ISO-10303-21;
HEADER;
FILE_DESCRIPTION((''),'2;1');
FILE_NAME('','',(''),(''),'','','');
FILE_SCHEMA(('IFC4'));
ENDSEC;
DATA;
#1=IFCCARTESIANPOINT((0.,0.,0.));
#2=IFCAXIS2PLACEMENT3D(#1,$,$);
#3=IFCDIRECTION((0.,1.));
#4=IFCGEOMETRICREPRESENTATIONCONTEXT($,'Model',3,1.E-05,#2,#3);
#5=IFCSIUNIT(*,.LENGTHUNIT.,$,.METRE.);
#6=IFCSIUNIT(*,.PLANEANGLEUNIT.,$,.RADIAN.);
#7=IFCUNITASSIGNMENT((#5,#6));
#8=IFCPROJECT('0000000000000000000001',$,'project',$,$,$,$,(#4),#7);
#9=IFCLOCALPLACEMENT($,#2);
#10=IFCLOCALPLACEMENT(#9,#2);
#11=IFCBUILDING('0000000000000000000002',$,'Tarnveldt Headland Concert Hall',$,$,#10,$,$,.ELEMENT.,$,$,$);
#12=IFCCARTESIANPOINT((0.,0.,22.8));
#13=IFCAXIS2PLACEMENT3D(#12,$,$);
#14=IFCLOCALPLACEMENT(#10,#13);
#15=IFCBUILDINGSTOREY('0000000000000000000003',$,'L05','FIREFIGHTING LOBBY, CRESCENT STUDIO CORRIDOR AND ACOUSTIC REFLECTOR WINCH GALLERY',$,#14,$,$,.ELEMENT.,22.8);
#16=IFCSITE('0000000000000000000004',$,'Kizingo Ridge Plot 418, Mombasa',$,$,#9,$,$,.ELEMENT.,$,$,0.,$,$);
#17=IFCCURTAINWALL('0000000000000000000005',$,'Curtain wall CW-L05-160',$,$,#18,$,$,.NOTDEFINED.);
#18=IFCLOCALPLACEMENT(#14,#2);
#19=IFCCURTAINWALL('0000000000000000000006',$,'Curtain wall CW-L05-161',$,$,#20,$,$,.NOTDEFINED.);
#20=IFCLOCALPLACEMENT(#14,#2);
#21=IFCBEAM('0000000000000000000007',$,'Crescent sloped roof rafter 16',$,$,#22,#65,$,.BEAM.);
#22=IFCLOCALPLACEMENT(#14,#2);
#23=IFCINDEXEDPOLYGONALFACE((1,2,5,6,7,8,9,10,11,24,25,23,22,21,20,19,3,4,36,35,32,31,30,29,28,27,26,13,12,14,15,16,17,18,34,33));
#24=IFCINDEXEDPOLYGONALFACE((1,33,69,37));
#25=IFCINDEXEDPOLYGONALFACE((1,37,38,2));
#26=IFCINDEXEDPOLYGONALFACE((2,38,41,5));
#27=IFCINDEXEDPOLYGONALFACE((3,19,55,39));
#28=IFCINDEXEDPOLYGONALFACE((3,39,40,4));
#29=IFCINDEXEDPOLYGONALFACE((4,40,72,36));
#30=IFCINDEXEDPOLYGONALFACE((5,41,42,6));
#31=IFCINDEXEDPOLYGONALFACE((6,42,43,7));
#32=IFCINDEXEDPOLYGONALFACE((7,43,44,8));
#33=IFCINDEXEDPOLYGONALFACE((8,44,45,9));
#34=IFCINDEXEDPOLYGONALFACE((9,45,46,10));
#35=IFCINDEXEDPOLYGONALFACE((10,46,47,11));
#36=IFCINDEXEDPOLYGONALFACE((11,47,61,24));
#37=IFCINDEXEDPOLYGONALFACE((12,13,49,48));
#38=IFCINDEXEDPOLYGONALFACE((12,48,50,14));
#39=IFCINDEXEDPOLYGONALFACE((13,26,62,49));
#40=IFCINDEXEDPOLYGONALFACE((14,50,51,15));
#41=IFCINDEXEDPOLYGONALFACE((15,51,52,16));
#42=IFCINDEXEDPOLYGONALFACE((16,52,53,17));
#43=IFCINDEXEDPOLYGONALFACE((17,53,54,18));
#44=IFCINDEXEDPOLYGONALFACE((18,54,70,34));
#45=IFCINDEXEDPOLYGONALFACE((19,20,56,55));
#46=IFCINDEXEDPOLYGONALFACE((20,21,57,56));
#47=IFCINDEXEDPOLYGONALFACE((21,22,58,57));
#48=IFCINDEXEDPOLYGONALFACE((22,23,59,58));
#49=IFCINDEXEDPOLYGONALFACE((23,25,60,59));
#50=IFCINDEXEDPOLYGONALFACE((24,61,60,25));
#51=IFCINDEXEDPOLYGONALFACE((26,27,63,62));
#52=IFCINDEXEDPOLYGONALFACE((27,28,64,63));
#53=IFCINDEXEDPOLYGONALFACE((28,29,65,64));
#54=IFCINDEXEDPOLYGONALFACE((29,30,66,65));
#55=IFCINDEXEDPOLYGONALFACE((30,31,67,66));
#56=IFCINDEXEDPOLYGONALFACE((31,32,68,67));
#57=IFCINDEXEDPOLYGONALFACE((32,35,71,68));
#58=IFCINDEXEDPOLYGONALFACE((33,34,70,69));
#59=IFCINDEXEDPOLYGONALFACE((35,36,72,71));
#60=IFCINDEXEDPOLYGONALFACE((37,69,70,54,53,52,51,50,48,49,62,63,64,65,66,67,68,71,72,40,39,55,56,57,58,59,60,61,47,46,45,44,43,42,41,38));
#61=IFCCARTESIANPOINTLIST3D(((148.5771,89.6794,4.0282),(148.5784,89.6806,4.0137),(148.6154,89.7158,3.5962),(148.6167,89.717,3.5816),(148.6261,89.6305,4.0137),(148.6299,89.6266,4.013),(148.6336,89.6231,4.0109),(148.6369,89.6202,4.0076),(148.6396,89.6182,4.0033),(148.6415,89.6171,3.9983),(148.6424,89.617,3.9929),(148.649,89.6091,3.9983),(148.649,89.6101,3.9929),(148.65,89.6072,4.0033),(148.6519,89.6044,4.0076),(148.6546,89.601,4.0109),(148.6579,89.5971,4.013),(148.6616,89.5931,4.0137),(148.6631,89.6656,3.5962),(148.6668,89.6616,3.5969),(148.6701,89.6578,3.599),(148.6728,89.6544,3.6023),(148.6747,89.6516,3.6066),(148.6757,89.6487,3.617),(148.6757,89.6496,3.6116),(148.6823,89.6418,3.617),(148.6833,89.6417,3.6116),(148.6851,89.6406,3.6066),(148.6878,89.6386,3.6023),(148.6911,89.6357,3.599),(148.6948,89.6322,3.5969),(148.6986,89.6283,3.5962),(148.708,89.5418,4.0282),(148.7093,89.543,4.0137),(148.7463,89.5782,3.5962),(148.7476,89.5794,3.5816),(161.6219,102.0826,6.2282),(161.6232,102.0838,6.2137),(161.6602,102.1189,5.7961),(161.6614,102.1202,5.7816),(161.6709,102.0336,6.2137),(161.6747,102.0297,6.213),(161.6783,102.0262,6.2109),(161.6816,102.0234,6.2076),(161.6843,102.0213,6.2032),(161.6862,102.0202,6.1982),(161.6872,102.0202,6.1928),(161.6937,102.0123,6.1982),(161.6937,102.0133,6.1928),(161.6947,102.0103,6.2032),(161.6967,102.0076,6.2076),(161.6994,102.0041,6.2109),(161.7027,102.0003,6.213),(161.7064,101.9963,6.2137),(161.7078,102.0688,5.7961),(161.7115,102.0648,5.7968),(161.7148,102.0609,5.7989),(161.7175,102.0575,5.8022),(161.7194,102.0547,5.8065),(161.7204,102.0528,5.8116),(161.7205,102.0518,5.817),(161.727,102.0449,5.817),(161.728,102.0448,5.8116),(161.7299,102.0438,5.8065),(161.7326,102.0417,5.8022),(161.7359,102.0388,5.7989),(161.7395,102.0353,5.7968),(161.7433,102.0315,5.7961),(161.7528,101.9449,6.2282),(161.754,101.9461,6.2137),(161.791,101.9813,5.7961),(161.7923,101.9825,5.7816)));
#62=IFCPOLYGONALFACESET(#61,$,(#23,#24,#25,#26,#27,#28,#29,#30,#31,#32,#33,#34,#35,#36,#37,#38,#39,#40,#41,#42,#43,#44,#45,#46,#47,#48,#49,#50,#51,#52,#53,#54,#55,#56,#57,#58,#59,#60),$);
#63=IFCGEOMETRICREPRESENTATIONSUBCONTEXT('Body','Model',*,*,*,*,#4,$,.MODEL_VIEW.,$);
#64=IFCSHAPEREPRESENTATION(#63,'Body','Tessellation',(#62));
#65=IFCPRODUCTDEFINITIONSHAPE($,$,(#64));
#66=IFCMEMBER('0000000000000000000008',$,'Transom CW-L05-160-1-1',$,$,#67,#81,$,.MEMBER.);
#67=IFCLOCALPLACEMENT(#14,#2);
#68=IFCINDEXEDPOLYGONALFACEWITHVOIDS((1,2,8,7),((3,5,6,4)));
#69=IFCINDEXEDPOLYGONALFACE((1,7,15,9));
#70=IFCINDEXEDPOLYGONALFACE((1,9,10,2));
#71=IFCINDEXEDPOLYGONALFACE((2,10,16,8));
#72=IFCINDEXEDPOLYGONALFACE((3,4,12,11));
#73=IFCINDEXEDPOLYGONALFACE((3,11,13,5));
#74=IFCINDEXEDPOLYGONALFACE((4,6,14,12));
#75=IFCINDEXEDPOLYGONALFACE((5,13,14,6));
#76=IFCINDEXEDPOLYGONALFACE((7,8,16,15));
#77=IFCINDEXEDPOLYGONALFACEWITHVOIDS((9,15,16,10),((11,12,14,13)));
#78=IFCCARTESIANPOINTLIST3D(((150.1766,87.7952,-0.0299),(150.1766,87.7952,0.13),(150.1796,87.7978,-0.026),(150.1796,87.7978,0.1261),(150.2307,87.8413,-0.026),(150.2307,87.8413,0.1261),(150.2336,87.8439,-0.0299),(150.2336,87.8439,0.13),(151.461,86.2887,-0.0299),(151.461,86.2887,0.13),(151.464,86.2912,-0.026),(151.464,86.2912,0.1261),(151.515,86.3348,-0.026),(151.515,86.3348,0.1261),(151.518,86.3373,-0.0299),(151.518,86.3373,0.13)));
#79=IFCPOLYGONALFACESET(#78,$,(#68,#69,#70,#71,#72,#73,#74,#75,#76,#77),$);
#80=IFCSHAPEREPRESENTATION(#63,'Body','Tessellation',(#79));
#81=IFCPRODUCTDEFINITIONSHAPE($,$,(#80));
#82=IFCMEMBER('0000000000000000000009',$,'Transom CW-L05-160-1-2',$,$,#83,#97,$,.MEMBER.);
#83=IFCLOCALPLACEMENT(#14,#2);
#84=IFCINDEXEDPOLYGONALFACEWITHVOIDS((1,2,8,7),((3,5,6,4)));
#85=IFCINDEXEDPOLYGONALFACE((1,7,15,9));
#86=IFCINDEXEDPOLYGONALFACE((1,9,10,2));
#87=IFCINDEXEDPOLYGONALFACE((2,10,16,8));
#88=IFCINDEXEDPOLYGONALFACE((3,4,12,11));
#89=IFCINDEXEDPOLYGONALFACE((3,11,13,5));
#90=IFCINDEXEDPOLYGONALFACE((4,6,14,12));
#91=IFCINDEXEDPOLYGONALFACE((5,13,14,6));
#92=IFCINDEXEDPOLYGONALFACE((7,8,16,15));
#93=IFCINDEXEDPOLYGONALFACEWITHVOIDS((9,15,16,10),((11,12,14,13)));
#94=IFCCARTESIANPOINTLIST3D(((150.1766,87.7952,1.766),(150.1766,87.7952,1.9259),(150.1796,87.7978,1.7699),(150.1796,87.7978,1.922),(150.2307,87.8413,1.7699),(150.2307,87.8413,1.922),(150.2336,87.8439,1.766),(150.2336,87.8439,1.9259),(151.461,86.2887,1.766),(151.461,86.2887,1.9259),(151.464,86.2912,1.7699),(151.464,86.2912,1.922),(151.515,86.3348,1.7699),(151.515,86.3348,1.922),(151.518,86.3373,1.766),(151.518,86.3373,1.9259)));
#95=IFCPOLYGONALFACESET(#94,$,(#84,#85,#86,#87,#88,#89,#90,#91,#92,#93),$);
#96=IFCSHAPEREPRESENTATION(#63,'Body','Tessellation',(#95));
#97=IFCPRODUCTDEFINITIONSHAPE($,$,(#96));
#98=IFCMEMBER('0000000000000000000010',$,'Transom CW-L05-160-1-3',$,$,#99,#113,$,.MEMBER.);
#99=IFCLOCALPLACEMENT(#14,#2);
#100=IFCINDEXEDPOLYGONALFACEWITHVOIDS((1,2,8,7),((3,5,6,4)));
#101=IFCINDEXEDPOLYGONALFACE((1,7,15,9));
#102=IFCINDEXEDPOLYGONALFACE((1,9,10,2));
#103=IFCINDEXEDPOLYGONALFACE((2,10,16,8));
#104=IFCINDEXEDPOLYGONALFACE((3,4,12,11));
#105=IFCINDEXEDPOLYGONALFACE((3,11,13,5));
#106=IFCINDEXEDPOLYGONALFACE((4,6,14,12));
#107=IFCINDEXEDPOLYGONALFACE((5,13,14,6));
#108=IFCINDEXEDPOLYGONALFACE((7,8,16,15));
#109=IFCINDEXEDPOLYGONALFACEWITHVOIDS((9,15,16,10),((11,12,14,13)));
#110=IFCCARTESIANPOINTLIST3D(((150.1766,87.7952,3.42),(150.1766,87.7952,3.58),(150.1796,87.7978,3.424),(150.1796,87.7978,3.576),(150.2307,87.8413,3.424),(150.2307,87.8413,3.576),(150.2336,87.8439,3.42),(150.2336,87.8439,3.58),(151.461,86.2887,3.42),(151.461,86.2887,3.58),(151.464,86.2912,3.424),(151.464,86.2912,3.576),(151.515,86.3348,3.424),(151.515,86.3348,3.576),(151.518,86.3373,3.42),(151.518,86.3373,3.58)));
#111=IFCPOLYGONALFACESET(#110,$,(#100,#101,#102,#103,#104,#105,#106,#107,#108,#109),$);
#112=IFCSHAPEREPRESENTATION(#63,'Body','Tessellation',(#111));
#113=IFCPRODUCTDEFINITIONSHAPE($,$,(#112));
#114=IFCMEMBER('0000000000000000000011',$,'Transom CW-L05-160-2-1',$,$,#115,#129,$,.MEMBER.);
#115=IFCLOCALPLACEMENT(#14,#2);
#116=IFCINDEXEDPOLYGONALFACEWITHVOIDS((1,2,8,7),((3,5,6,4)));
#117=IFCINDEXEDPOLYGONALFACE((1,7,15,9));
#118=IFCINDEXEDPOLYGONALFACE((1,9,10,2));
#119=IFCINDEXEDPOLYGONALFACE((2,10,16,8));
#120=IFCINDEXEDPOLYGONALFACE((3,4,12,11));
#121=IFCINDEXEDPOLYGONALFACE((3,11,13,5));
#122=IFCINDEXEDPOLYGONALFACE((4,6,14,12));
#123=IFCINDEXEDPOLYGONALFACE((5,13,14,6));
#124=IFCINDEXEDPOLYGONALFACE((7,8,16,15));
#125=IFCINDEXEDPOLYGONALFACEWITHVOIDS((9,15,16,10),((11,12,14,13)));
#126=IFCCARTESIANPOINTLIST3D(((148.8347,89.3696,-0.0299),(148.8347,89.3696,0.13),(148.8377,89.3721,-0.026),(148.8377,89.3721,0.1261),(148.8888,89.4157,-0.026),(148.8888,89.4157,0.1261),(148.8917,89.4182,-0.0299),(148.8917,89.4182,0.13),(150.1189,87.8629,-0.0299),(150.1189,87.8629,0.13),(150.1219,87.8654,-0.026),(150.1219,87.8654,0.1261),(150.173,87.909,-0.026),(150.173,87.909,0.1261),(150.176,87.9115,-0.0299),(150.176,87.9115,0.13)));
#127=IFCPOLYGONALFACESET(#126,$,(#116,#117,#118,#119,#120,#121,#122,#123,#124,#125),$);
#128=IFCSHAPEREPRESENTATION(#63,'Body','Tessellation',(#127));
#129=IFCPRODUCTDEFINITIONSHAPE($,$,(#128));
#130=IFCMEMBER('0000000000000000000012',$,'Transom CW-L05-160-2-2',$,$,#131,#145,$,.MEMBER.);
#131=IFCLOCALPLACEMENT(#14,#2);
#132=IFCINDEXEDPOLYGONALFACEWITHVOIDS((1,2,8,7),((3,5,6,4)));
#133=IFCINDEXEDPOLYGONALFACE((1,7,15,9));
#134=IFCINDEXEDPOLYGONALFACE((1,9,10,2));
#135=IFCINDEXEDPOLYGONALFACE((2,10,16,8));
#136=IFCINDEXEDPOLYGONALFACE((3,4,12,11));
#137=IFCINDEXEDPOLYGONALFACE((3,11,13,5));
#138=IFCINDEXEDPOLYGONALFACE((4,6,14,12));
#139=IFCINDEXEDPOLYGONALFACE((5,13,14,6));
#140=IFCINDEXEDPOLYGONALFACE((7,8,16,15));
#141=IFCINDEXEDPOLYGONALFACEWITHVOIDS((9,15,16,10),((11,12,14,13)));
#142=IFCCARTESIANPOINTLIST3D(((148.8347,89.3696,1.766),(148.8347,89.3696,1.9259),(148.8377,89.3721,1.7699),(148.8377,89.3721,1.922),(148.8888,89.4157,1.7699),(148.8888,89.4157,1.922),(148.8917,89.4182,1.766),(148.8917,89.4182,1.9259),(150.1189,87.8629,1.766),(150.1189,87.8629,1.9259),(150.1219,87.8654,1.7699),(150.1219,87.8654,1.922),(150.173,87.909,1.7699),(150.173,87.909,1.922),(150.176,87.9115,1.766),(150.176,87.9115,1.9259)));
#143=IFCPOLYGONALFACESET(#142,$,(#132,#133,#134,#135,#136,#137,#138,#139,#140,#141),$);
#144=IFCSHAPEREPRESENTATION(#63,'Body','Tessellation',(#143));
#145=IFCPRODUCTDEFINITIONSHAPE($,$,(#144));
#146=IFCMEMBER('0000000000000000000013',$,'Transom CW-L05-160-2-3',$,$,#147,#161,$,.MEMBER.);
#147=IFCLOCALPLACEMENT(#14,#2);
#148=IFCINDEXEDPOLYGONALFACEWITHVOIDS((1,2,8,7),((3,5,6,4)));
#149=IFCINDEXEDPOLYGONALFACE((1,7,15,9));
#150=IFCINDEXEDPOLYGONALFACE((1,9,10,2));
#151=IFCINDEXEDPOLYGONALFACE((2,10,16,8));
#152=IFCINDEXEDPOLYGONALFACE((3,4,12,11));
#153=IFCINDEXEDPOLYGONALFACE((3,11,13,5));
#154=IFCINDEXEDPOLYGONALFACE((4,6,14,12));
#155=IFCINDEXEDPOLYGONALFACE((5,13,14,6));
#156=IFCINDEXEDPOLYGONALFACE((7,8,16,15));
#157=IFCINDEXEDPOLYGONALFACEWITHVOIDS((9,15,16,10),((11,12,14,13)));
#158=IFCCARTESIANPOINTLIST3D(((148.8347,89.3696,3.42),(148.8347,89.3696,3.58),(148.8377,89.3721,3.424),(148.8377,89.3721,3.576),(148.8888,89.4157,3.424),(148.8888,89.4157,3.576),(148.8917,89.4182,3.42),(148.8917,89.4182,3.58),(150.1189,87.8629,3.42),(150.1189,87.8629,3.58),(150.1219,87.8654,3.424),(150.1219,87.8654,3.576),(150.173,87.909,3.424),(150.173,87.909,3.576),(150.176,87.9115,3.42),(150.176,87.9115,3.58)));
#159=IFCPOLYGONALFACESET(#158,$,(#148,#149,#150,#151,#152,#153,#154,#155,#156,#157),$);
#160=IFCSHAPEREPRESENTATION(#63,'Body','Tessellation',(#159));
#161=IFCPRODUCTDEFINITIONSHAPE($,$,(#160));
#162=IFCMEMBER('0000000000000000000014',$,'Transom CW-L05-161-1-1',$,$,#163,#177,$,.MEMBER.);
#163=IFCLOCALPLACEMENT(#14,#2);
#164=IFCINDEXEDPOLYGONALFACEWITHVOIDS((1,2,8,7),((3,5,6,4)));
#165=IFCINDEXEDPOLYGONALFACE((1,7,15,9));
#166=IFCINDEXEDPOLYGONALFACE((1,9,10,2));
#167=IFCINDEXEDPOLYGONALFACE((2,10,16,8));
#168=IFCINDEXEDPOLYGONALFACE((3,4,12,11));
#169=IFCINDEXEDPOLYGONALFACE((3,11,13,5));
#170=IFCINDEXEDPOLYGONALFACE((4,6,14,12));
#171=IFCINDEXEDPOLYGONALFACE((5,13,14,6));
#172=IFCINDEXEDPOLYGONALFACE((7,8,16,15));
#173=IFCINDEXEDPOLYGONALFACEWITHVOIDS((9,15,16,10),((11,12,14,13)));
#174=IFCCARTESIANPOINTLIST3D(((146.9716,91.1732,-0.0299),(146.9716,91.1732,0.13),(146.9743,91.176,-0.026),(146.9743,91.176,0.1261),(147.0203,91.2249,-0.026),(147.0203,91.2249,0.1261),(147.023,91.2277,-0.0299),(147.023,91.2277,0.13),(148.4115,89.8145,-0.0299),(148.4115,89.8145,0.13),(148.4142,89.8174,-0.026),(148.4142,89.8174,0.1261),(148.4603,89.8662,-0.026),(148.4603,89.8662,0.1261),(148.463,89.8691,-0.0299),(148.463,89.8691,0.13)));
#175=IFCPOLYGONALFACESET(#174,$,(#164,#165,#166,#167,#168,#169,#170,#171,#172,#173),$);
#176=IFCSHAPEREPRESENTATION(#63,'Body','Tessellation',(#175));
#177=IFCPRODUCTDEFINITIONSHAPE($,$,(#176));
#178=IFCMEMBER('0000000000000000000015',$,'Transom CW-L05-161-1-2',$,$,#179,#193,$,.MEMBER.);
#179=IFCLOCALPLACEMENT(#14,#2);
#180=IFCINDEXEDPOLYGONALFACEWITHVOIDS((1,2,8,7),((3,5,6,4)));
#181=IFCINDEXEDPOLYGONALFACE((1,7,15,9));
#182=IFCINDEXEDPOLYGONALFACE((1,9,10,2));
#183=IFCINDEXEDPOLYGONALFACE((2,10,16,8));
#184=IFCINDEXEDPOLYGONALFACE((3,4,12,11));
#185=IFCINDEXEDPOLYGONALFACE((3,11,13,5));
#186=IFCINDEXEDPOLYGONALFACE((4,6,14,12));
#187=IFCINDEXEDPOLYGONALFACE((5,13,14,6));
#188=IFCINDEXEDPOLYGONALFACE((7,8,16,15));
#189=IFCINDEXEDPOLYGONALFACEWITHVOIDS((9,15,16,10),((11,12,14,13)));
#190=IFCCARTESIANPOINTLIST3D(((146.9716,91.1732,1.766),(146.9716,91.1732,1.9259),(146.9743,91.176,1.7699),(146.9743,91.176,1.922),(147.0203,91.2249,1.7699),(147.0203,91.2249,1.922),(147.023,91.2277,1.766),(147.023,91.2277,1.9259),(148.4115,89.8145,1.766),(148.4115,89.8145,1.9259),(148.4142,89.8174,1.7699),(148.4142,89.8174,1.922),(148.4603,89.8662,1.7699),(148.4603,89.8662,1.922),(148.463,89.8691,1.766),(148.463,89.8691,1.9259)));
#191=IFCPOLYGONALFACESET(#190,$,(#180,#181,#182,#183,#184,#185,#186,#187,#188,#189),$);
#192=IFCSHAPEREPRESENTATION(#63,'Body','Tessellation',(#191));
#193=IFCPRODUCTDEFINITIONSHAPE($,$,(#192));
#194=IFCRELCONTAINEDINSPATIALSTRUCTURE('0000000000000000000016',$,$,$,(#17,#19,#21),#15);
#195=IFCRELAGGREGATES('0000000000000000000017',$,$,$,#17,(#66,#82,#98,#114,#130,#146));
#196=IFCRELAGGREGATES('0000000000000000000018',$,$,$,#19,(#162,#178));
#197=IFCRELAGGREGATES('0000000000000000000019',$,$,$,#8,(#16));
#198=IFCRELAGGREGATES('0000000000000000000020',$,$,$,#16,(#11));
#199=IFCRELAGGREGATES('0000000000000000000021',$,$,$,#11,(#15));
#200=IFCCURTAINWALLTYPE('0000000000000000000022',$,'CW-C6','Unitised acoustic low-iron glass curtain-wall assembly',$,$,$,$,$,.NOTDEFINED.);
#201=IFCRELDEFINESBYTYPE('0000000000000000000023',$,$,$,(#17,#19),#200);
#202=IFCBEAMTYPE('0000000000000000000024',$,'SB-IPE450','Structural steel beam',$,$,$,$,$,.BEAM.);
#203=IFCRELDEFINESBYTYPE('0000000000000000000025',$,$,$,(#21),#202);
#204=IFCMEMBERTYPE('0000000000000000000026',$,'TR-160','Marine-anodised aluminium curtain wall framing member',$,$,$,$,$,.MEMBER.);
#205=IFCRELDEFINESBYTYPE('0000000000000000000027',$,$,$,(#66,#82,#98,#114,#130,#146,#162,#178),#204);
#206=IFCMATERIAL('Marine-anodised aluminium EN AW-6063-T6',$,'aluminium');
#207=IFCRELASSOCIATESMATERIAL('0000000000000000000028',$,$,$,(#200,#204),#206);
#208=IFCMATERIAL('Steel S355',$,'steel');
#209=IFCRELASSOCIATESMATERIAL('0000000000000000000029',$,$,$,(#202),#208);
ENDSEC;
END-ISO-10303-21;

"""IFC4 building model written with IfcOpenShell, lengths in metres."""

from ifc_helpers import new_model, si_unit, direction, frame, origin, origin_2d, place, context, subcontext, project, spatial, hollow_rectangle, i_section, extrude, material, material_profile, profile_set, type_object, element, aggregate, save


model = new_model("IFC4")

# Units and contexts
model_context = context("Model", 3, precision=1e-05, world=origin(), true_north=direction((0.0, 1.0)))
body_context = subcontext(model_context, "Body", "Model", "MODEL_VIEW")
ifc_project = project(units=[si_unit("LENGTHUNIT", "METRE"), si_unit("PLANEANGLEUNIT", "RADIAN")], contexts=[model_context])

# Site, building, storey
site_placement = place(None, origin())
site = spatial("IfcSite", under=ifc_project, at=site_placement, Name="Kizingo Ridge Plot 418, Mombasa", CompositionType="ELEMENT", RefElevation=0.0)
building_placement = place(site_placement, origin())
building = spatial("IfcBuilding", under=site, at=building_placement, Name="Tarnveldt Headland Concert Hall", CompositionType="ELEMENT")
storey_placement = place(building_placement, frame((0.0, 0.0, 22.8)))
storey = spatial("IfcBuildingStorey", under=building, at=storey_placement, Name="L05", Description="FIREFIGHTING LOBBY, CRESCENT STUDIO CORRIDOR AND ACOUSTIC REFLECTOR WINCH GALLERY", CompositionType="ELEMENT", Elevation=22.8)

# Shared definitions
ifc_material_1 = material(Name="Steel S355", Category="steel")

# Shared definitions
ifc_material_2 = material(Name="Marine-anodised aluminium EN AW-6063-T6", Category="aluminium")
curtain_wall_type = type_object("IfcCurtainWallType", Name="CW-C6", Description="Unitised acoustic low-iron glass curtain-wall assembly", PredefinedType="NOTDEFINED", material=ifc_material_2)

# Curtain walls
curtain_wall_1_placement = place(storey_placement, origin())
curtain_wall_1 = element("IfcCurtainWall", 1, at=curtain_wall_1_placement, inside=storey, type_object=curtain_wall_type, Name="Curtain wall CW-L05-160", PredefinedType="NOTDEFINED")
curtain_wall_2_placement = place(storey_placement, origin())
curtain_wall_2 = element("IfcCurtainWall", 2, at=curtain_wall_2_placement, inside=storey, type_object=curtain_wall_type, Name="Curtain wall CW-L05-161", PredefinedType="NOTDEFINED")

# Beam
ifc_material_profile_1 = material_profile(ifc_material_1, i_section(OverallWidth=0.1899, OverallDepth=0.45, WebThickness=0.0095, FlangeThickness=0.0146, FilletRadius=0.021, at=origin_2d()), Name="IPE450", Category="steel")
ifc_profile_set_1 = profile_set([ifc_material_profile_1], Name="Steel S355")
beam_type_1 = type_object("IfcBeamType", Name="SB-IPE450", Description="Structural steel beam", PredefinedType="BEAM", material=ifc_profile_set_1)
for number, where, z_axis, x_axis, name in (
    (3, (148.6624, 89.6294, 3.8049), (0.719352, 0.68397, 0.121317), (-0.68906, 0.724704, 0.0), "Crescent sloped roof rafter 16"),
):
    element("IfcBeam", number, at=place(storey_placement, frame(where, z_axis=z_axis, x_axis=x_axis)), inside=storey, type_object=beam_type_1, Name=name, PredefinedType="BEAM", context=body_context, shape_type="SweptSolid", body=[
        extrude(i_section(OverallWidth=0.1899, OverallDepth=0.45, WebThickness=0.0095, FlangeThickness=0.0146, FilletRadius=0.021, at=origin_2d()), origin(), (0.0, 0.0, 1.0), 18.134),
    ])

# Members
ifc_material_profile_2 = material_profile(ifc_material_2, hollow_rectangle(XDim=0.075, YDim=0.1599, WallThickness=0.0039, at=origin_2d()), Name="ALU TRANSOM 75x160x4", Category="aluminium")
ifc_profile_set_2 = profile_set([ifc_material_profile_2], Name="Marine-anodised aluminium EN AW-6063-T6")
member_type_1 = type_object("IfcMemberType", Name="TR-160", Description="Marine-anodised aluminium curtain wall framing member", PredefinedType="MEMBER", material=ifc_profile_set_2)
member_1_placement = place(storey_placement, frame((151.4895, 86.313, 0.05), z_axis=(-0.648768, 0.760986, 0.0), x_axis=(-0.760986, -0.648768, 0.0)))
member_1 = element("IfcMember", 4, at=member_1_placement, type_object=member_type_1, Name="Transom CW-L05-160-1-1", PredefinedType="MEMBER", context=body_context, shape_type="SweptSolid", body=[
    extrude(hollow_rectangle(XDim=0.075, YDim=0.1599, WallThickness=0.0039, at=origin_2d()), origin(), (0.0, 0.0, 1.0), 1.9797),
])
member_2_placement = place(storey_placement, frame((151.4895, 86.313, 1.8459), z_axis=(-0.648768, 0.760986, 0.0), x_axis=(-0.760986, -0.648768, 0.0)))
member_2 = element("IfcMember", 5, at=member_2_placement, type_object=member_type_1, Name="Transom CW-L05-160-1-2", PredefinedType="MEMBER", context=body_context, shape_type="SweptSolid", body=[
    extrude(hollow_rectangle(XDim=0.075, YDim=0.1599, WallThickness=0.0039, at=origin_2d()), origin(), (0.0, 0.0, 1.0), 1.9797),
])
member_3_placement = place(storey_placement, frame((151.4895, 86.313, 3.5), z_axis=(-0.648768, 0.760986, 0.0), x_axis=(-0.760986, -0.648768, 0.0)))
member_3 = element("IfcMember", 6, at=member_3_placement, type_object=member_type_1, Name="Transom CW-L05-160-1-3", PredefinedType="MEMBER", context=body_context, shape_type="SweptSolid", body=[
    extrude(hollow_rectangle(XDim=0.075, YDim=0.1599, WallThickness=0.0039, at=origin_2d()), origin(), (0.0, 0.0, 1.0), 1.9797),
])
member_4_placement = place(storey_placement, frame((150.1475, 87.8872, 0.05), z_axis=(-0.648697, 0.761047, 0.0), x_axis=(-0.761047, -0.648697, 0.0)))
member_4 = element("IfcMember", 7, at=member_4_placement, type_object=member_type_1, Name="Transom CW-L05-160-2-1", PredefinedType="MEMBER", context=body_context, shape_type="SweptSolid", body=[
    extrude(hollow_rectangle(XDim=0.075, YDim=0.1599, WallThickness=0.0039, at=origin_2d()), origin(), (0.0, 0.0, 1.0), 1.9797),
])
member_5_placement = place(storey_placement, frame((150.1475, 87.8872, 1.8459), z_axis=(-0.648697, 0.761047, 0.0), x_axis=(-0.761047, -0.648697, 0.0)))
member_5 = element("IfcMember", 8, at=member_5_placement, type_object=member_type_1, Name="Transom CW-L05-160-2-2", PredefinedType="MEMBER", context=body_context, shape_type="SweptSolid", body=[
    extrude(hollow_rectangle(XDim=0.075, YDim=0.1599, WallThickness=0.0039, at=origin_2d()), origin(), (0.0, 0.0, 1.0), 1.9797),
])
member_6_placement = place(storey_placement, frame((150.1475, 87.8872, 3.5), z_axis=(-0.648697, 0.761047, 0.0), x_axis=(-0.761047, -0.648697, 0.0)))
member_6 = element("IfcMember", 9, at=member_6_placement, type_object=member_type_1, Name="Transom CW-L05-160-2-3", PredefinedType="MEMBER", context=body_context, shape_type="SweptSolid", body=[
    extrude(hollow_rectangle(XDim=0.075, YDim=0.1599, WallThickness=0.0039, at=origin_2d()), origin(), (0.0, 0.0, 1.0), 1.9797),
])
member_7_placement = place(storey_placement, frame((148.4373, 89.8418, 0.05), z_axis=(-0.727341, 0.686276, 0.0), x_axis=(-0.686276, -0.727341, 0.0)))
member_7 = element("IfcMember", 10, at=member_7_placement, type_object=member_type_1, Name="Transom CW-L05-161-1-1", PredefinedType="MEMBER", context=body_context, shape_type="SweptSolid", body=[
    extrude(hollow_rectangle(XDim=0.075, YDim=0.1599, WallThickness=0.0039, at=origin_2d()), origin(), (0.0, 0.0, 1.0), 1.9797),
])
member_8_placement = place(storey_placement, frame((148.4373, 89.8418, 1.8459), z_axis=(-0.727341, 0.686276, 0.0), x_axis=(-0.686276, -0.727341, 0.0)))
member_8 = element("IfcMember", 11, at=member_8_placement, type_object=member_type_1, Name="Transom CW-L05-161-1-2", PredefinedType="MEMBER", context=body_context, shape_type="SweptSolid", body=[
    extrude(hollow_rectangle(XDim=0.075, YDim=0.1599, WallThickness=0.0039, at=origin_2d()), origin(), (0.0, 0.0, 1.0), 1.9797),
])

aggregate(curtain_wall_1, [member_1, member_2, member_3, member_4, member_5, member_6])
aggregate(curtain_wall_2, [member_7, member_8])

save(model, "model.ifc")
